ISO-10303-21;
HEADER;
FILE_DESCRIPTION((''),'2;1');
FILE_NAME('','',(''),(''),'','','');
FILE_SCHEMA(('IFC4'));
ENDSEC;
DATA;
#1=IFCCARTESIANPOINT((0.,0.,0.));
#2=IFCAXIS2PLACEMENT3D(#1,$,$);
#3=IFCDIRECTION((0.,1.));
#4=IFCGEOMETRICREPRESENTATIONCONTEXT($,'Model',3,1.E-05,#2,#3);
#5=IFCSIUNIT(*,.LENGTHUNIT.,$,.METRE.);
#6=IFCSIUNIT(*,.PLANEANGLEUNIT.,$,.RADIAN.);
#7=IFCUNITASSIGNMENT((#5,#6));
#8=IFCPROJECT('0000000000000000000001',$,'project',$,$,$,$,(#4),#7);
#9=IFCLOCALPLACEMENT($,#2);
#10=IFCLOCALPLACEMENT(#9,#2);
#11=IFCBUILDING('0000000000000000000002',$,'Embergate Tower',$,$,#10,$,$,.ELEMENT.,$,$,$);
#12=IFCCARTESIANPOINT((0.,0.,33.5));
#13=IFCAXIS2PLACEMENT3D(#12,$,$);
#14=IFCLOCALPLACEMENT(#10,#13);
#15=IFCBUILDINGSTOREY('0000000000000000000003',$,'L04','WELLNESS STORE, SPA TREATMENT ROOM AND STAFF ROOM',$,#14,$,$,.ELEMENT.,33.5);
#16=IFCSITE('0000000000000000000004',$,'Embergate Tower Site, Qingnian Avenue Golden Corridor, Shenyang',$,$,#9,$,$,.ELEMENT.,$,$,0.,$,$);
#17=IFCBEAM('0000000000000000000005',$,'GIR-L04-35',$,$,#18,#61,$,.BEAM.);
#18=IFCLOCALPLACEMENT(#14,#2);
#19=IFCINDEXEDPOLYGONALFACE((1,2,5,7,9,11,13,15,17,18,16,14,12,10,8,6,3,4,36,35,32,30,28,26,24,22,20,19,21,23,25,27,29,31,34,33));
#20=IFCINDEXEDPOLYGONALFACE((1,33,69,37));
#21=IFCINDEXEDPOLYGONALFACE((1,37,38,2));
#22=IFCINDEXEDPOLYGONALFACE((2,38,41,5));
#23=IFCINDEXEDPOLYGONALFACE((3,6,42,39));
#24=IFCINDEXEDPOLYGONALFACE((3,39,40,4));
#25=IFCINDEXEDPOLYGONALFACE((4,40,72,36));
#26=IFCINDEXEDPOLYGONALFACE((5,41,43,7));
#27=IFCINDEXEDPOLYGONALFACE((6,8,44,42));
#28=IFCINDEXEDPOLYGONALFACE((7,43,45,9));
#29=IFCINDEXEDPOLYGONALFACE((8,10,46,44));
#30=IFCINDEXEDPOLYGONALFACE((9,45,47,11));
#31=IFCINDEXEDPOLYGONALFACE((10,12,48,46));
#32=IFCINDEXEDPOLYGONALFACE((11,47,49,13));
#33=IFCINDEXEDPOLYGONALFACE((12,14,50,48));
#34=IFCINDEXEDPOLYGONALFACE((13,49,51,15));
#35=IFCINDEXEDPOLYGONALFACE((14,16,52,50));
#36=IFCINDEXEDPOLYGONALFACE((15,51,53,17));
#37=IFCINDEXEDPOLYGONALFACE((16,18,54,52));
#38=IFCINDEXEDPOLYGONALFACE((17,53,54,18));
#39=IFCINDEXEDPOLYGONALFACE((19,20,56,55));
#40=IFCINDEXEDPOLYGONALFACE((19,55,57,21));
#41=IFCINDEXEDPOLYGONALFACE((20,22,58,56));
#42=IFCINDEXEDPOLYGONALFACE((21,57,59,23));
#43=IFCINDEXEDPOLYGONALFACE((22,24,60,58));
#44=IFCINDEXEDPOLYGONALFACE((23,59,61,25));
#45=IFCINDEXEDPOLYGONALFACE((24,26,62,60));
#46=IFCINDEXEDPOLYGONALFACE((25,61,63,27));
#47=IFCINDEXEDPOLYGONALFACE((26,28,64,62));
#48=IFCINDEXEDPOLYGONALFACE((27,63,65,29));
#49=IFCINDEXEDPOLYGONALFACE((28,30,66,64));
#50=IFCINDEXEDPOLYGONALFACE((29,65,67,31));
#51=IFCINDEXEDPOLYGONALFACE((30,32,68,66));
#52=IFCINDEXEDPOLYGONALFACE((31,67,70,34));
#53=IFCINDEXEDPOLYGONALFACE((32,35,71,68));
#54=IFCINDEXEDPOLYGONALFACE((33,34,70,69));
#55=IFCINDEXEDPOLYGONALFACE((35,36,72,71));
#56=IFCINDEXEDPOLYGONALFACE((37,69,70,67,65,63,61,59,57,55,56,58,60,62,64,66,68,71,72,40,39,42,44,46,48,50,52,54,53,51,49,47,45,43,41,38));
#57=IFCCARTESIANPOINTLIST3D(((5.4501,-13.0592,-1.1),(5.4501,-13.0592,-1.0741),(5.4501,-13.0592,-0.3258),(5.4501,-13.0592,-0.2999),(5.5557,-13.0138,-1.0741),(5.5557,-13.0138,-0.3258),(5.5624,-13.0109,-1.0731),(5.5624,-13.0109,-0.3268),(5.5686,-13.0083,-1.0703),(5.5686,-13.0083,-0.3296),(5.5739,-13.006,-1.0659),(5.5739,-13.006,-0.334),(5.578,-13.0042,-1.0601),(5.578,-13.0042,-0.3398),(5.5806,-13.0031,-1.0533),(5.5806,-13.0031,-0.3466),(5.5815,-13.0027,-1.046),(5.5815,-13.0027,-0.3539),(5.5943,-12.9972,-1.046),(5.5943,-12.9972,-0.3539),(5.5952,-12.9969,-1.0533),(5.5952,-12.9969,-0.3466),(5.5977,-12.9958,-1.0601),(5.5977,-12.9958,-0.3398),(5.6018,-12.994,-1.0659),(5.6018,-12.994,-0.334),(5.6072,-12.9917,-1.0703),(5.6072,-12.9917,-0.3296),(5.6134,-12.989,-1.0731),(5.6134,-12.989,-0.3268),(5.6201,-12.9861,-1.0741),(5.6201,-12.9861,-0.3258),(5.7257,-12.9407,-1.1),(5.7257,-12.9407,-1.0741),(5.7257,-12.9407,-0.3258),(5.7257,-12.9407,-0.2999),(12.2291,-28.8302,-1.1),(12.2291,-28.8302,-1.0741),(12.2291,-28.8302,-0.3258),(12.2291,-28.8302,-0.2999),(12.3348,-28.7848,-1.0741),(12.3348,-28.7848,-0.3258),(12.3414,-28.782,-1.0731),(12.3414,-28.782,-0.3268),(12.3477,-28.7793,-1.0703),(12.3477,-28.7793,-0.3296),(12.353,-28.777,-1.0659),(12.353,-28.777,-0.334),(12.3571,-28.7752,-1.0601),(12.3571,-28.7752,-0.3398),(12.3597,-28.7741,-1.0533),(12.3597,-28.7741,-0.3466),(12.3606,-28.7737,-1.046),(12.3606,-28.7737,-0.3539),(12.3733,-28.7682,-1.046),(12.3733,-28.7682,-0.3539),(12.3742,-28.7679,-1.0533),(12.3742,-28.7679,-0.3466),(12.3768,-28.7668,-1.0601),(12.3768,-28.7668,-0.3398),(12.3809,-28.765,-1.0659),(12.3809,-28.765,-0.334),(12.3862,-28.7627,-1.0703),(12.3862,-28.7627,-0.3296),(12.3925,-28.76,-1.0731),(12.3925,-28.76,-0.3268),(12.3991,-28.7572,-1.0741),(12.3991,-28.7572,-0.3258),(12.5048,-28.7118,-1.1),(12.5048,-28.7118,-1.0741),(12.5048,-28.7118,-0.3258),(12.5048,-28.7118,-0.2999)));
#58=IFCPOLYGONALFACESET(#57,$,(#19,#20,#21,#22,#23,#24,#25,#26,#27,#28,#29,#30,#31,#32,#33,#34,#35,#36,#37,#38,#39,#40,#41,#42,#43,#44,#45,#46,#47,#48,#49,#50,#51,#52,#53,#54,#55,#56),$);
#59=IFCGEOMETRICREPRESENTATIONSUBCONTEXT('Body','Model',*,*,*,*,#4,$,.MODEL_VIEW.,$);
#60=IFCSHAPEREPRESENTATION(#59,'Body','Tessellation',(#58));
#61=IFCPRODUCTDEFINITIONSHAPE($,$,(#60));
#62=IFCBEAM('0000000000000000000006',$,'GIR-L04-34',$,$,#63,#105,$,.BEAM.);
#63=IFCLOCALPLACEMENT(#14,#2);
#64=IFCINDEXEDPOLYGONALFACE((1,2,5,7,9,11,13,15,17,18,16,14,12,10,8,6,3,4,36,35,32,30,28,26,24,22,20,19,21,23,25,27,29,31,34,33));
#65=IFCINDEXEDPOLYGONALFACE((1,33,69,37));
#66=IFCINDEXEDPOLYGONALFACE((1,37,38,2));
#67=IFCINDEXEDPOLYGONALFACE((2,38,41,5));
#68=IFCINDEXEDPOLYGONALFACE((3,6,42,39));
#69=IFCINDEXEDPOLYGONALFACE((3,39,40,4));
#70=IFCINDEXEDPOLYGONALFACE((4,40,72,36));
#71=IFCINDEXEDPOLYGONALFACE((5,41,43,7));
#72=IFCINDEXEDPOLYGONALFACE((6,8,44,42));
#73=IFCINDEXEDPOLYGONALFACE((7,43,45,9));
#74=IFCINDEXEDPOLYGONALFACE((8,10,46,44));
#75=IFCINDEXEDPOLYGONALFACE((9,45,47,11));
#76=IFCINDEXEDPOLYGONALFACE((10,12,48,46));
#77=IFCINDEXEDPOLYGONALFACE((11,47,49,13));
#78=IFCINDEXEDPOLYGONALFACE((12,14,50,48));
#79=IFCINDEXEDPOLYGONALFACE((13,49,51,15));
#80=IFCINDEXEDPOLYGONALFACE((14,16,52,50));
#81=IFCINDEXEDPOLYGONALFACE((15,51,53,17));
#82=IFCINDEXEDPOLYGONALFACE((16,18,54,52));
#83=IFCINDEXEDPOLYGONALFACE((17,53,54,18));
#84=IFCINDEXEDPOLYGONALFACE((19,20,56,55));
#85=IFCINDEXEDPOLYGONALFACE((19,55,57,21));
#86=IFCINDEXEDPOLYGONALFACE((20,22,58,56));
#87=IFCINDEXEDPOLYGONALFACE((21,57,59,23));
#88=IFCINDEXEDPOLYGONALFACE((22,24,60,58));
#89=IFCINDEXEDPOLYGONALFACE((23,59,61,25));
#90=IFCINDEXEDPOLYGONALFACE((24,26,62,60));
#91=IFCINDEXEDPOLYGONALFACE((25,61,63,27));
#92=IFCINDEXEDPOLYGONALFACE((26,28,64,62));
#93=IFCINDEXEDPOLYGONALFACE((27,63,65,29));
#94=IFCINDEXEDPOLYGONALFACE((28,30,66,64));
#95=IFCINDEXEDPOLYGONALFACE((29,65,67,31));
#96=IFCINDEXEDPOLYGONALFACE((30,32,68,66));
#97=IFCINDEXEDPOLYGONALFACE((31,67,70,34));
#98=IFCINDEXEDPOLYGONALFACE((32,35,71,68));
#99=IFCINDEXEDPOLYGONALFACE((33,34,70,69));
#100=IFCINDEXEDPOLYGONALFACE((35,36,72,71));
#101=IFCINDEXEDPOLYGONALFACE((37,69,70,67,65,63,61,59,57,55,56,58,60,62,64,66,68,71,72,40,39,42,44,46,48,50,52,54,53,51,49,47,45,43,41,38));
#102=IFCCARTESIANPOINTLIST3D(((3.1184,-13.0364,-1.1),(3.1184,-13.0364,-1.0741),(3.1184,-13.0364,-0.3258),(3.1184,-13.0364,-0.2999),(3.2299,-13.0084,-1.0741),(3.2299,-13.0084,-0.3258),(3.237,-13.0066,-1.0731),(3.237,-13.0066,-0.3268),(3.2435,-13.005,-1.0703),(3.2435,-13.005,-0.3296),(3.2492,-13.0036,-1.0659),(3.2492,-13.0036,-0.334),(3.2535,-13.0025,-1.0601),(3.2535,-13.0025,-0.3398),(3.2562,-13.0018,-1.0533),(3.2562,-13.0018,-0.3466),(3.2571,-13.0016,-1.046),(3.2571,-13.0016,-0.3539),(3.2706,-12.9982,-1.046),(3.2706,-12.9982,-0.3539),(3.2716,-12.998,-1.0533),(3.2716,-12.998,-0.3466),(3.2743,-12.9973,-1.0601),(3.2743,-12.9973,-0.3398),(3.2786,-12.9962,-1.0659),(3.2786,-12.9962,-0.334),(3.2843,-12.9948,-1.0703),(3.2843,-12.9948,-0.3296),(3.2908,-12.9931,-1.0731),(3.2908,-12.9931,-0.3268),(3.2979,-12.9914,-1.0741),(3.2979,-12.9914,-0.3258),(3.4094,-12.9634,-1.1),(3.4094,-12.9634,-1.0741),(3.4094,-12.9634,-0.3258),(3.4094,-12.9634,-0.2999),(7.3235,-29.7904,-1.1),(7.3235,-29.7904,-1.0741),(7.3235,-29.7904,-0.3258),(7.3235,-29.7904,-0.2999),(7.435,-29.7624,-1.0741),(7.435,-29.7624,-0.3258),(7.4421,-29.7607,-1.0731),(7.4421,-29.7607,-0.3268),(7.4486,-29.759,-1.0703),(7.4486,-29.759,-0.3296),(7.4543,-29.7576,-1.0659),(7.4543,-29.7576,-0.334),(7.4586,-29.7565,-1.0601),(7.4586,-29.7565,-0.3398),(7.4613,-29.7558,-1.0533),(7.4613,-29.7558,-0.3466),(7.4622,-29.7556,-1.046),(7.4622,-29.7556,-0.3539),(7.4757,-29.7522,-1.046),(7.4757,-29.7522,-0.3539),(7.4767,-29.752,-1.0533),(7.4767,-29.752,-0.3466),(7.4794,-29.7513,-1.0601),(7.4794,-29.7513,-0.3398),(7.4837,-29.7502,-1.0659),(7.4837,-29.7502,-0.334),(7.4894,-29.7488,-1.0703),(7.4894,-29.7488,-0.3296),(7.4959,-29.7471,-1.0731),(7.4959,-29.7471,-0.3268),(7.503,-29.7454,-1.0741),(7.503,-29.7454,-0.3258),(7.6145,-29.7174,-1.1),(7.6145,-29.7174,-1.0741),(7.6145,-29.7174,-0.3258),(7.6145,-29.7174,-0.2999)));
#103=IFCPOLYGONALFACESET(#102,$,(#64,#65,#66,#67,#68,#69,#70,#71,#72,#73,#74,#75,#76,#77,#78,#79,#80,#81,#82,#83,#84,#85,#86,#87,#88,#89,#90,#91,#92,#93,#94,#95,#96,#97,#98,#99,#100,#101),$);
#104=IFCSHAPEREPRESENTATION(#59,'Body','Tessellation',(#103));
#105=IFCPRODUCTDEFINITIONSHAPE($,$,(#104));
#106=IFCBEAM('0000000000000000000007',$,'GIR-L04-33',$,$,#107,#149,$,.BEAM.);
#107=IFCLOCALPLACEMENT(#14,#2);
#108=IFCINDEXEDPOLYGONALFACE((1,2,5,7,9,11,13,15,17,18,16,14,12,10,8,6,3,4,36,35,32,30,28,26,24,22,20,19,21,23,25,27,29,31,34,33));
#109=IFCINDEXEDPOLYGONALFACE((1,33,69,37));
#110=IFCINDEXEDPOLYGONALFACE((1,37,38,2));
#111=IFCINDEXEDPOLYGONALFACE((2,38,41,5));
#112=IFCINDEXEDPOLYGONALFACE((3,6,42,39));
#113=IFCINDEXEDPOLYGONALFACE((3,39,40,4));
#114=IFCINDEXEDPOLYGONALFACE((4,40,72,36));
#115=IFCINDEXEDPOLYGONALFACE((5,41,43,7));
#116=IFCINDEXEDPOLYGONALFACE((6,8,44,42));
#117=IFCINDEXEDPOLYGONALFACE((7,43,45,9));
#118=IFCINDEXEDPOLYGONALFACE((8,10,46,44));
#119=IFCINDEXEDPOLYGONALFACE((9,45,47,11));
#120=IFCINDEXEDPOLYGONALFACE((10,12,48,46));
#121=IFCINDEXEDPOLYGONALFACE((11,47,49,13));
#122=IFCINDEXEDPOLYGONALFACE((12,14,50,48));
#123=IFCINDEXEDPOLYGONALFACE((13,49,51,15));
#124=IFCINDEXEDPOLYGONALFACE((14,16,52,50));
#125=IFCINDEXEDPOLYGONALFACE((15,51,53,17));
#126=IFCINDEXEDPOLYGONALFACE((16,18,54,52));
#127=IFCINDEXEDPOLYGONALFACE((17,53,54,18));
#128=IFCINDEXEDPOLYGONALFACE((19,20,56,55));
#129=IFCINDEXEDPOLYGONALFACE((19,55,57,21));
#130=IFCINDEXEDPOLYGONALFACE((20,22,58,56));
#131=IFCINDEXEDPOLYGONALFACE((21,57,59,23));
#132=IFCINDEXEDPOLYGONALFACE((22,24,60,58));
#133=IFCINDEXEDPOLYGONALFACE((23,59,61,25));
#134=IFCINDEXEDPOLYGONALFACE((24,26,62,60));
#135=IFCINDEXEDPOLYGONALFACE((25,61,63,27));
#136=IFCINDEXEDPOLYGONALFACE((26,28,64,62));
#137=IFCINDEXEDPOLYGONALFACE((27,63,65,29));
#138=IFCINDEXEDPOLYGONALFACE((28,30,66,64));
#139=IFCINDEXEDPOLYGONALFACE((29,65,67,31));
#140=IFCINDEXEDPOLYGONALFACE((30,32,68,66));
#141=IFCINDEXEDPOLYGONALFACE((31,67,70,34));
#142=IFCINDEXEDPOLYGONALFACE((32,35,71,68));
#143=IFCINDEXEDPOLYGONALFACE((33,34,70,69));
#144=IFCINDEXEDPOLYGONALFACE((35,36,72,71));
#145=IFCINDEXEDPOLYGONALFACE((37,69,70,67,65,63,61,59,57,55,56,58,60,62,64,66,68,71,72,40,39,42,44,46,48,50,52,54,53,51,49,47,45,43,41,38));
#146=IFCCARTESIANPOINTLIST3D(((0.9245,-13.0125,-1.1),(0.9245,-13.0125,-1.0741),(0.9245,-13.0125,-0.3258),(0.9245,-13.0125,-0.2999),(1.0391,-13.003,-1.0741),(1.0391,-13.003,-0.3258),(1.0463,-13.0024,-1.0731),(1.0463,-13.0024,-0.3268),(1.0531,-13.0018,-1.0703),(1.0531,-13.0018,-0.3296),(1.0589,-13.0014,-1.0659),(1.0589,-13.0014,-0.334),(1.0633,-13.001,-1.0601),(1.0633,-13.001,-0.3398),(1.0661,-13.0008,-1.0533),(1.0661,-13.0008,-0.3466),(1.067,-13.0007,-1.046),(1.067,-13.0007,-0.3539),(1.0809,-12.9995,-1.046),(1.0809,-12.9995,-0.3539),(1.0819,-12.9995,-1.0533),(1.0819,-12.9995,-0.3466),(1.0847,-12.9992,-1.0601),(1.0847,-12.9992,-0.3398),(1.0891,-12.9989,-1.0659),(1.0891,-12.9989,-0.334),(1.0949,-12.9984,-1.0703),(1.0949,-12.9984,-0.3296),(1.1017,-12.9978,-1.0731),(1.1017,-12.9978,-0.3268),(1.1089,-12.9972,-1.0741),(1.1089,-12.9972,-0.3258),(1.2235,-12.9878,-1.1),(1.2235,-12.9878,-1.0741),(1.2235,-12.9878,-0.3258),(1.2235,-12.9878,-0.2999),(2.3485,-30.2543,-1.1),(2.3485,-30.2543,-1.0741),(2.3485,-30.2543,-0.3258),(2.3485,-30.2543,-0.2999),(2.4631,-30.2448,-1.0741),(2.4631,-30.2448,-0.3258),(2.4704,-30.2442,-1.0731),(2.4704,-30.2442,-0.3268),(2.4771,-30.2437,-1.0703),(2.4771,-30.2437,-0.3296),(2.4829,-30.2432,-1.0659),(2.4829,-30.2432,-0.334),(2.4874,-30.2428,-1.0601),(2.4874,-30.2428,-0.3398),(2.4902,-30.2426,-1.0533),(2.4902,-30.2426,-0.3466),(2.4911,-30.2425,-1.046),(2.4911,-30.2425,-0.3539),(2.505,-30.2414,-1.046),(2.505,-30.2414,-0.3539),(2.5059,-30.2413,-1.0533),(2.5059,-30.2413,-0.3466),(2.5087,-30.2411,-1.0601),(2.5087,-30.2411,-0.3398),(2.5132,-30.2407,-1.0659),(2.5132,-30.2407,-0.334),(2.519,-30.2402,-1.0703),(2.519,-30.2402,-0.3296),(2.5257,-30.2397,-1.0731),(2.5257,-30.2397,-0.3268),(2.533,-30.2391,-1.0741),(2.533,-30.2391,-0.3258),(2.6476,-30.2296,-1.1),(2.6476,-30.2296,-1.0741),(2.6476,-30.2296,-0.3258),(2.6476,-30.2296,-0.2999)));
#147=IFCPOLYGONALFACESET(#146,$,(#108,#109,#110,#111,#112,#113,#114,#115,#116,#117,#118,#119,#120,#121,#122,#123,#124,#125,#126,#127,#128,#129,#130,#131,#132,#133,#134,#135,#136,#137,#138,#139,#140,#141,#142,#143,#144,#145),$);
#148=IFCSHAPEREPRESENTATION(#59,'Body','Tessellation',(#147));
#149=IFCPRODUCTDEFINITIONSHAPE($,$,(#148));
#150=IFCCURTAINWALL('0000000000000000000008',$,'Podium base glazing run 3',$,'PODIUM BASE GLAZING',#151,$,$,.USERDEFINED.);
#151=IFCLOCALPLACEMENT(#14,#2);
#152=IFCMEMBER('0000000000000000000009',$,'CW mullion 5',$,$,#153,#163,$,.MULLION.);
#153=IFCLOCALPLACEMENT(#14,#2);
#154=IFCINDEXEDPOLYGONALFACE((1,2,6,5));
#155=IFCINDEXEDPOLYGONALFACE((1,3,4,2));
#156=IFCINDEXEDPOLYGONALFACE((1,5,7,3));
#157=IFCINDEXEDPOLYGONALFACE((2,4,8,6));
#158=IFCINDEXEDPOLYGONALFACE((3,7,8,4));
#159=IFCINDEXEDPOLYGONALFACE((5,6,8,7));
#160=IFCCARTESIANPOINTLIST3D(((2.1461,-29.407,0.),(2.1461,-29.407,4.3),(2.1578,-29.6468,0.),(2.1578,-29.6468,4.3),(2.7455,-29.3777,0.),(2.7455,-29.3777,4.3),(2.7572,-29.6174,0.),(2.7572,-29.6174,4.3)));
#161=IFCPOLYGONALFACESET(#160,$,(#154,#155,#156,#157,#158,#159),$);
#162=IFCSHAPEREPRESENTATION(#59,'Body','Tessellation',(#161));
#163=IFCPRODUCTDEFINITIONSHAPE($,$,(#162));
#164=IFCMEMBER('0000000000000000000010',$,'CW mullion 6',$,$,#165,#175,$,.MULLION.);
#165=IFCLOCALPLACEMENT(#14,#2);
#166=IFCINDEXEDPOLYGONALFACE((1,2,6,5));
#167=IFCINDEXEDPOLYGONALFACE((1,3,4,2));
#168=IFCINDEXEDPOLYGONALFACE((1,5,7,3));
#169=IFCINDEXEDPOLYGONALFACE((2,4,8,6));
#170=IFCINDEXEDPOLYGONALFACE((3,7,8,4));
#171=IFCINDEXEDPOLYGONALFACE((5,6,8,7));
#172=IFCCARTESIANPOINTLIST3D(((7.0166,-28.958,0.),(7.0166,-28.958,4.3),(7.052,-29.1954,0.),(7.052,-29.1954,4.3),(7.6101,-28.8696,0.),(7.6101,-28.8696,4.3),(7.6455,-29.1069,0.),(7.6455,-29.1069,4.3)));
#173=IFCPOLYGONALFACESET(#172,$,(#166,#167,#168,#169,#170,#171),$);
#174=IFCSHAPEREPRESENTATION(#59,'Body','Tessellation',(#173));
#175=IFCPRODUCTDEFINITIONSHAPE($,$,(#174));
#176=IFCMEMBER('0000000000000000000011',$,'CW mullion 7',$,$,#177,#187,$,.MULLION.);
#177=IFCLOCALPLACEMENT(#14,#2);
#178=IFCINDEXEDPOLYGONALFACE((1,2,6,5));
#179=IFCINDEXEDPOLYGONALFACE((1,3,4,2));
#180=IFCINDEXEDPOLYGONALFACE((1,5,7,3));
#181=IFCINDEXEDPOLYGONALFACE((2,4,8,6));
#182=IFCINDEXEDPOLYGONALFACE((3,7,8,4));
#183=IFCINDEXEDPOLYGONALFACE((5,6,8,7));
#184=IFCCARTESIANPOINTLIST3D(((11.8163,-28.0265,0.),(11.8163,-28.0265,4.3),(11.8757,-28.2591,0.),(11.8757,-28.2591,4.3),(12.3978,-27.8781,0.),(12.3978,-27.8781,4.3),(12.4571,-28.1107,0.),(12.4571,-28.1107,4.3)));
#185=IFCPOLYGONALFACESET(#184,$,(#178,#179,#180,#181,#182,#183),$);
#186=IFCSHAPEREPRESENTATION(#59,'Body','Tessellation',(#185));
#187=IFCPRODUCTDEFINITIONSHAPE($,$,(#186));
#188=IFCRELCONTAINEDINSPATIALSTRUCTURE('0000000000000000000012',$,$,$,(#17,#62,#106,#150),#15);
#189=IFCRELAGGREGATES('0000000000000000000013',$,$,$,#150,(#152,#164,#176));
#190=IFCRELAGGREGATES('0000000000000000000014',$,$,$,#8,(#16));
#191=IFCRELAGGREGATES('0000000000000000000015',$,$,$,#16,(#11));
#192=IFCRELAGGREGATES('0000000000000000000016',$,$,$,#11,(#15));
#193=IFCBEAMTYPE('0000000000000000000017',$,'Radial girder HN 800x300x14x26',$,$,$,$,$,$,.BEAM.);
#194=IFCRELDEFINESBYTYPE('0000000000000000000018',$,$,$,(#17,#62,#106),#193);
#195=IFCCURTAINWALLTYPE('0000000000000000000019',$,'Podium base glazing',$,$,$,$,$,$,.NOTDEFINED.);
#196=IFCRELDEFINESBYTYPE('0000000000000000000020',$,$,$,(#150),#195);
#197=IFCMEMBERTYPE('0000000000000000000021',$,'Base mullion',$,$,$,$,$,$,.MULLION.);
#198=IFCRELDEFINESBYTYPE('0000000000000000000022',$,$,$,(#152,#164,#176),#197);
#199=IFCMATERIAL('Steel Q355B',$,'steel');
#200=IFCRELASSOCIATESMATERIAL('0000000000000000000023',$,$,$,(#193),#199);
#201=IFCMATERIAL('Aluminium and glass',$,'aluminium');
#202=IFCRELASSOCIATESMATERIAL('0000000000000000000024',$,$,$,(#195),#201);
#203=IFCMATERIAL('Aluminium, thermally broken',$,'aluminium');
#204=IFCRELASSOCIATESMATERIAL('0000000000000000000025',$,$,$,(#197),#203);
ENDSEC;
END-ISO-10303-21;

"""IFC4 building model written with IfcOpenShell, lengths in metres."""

from ifc_helpers import new_model, si_unit, direction, frame, origin, origin_2d, place, context, subcontext, project, spatial, rectangle, i_section, extrude, source, transform, mapped, material, material_profile, profile_set, type_object, element, aggregate, save


model = new_model("IFC4")

# Units and contexts
model_context = context("Model", 3, precision=1e-05, world=origin(), true_north=direction((0.0, 1.0)))
body_context = subcontext(model_context, "Body", "Model", "MODEL_VIEW")
ifc_project = project(units=[si_unit("LENGTHUNIT", "METRE"), si_unit("PLANEANGLEUNIT", "RADIAN")], contexts=[model_context])

# Site, building, storey
site_placement = place(None, origin())
site = spatial("IfcSite", under=ifc_project, at=site_placement, Name="Embergate Tower Site, Qingnian Avenue Golden Corridor, Shenyang", CompositionType="ELEMENT", RefElevation=0.0)
building_placement = place(site_placement, origin())
building = spatial("IfcBuilding", under=site, at=building_placement, Name="Embergate Tower", CompositionType="ELEMENT")
storey_placement = place(building_placement, frame((0.0, 0.0, 33.5)))
storey = spatial("IfcBuildingStorey", under=building, at=storey_placement, Name="L04", Description="WELLNESS STORE, SPA TREATMENT ROOM AND STAFF ROOM", CompositionType="ELEMENT", Elevation=33.5)

# Beams
ifc_material_1 = material(Name="Steel Q355B", Category="steel")
ifc_material_profile_1 = material_profile(ifc_material_1, i_section(OverallWidth=0.3, OverallDepth=0.8, WebThickness=0.0139, FlangeThickness=0.0259, FilletRadius=0.0281, at=origin_2d()), Name="HN 800x300x14x26")
ifc_profile_set_1 = profile_set([ifc_material_profile_1], Name="Steel Q355 grade B")
beam_type_1 = type_object("IfcBeamType", Name="Radial girder HN 800x300x14x26", PredefinedType="BEAM", material=ifc_profile_set_1)
shared_shape_1 = source(origin(), body_context, "Body", "SweptSolid", [
    extrude(i_section(OverallWidth=0.3, OverallDepth=0.8, WebThickness=0.0139, FlangeThickness=0.0259, FilletRadius=0.0281, at=origin_2d()), origin(), (0.0, 0.0, 1.0), 17.1663),
])
beam_1_placement = place(storey_placement, frame((12.3669, -28.771, -0.7), z_axis=(-0.394906, 0.918722, 0.0), x_axis=(-0.918722, -0.394906, 0.0)))
element("IfcBeam", 1, at=beam_1_placement, inside=storey, type_object=beam_type_1, Name="GIR-L04-35", PredefinedType="BEAM", context=body_context, shape_type="MappedRepresentation", body=[
    mapped(shared_shape_1, transform((0.0, 0.0, 0.0))),
])
shared_shape_2 = source(origin(), body_context, "Body", "SweptSolid", [
    extrude(i_section(OverallWidth=0.3, OverallDepth=0.8, WebThickness=0.0139, FlangeThickness=0.0259, FilletRadius=0.0281, at=origin_2d()), origin(), (0.0, 0.0, 1.0), 17.2737),
])
beam_2_placement = place(storey_placement, frame((7.469, -29.7539, -0.7), z_axis=(-0.24344, 0.969916, 0.0), x_axis=(-0.969916, -0.24344, 0.0)))
element("IfcBeam", 2, at=beam_2_placement, inside=storey, type_object=beam_type_1, Name="GIR-L04-34", PredefinedType="BEAM", context=body_context, shape_type="MappedRepresentation", body=[
    mapped(shared_shape_2, transform((0.0, 0.0, 0.0))),
])
shared_shape_3 = source(origin(), body_context, "Body", "SweptSolid", [
    extrude(i_section(OverallWidth=0.3, OverallDepth=0.8, WebThickness=0.0139, FlangeThickness=0.0259, FilletRadius=0.0281, at=origin_2d()), origin(), (0.0, 0.0, 1.0), 17.3005),
])
beam_3_placement = place(storey_placement, frame((2.498, -30.2419, -0.7), z_axis=(-0.082313, 0.996607, 0.0), x_axis=(-0.996607, -0.082313, 0.0)))
element("IfcBeam", 3, at=beam_3_placement, inside=storey, type_object=beam_type_1, Name="GIR-L04-33", PredefinedType="BEAM", context=body_context, shape_type="MappedRepresentation", body=[
    mapped(shared_shape_3, transform((0.0, 0.0, 0.0))),
])

# Curtain wall, members
ifc_material_2 = material(Name="Aluminium and glass", Category="aluminium")
curtain_wall_type = type_object("IfcCurtainWallType", Name="Podium base glazing", PredefinedType="NOTDEFINED", material=ifc_material_2)
curtain_wall_placement = place(storey_placement, origin())
curtain_wall = element("IfcCurtainWall", 4, at=curtain_wall_placement, inside=storey, type_object=curtain_wall_type, Name="Podium base glazing run 3", ObjectType="PODIUM BASE GLAZING", PredefinedType="USERDEFINED")
ifc_material_3 = material(Name="Aluminium, thermally broken", Category="aluminium")
ifc_material_profile_2 = material_profile(ifc_material_3, rectangle(XDim=0.24, YDim=0.6001, at=origin_2d()), Name="AL 600x240")
ifc_profile_set_2 = profile_set([ifc_material_profile_2], Name="Aluminium, thermally broken")
member_type_1 = type_object("IfcMemberType", Name="Base mullion", PredefinedType="MULLION", material=ifc_profile_set_2)
shared_shape_4 = source(origin(), body_context, "Body", "SweptSolid", [
    extrude(rectangle(XDim=0.24, YDim=0.6001, at=origin_2d()), origin(), (0.0, 0.0, 1.0), 4.3),
])
member_1_placement = place(storey_placement, frame((2.4517, -29.5122, 0.0), z_axis=(0.0, 0.0, 1.0), x_axis=(-0.04897, 0.9988, 0.0)))
member_1 = element("IfcMember", 5, at=member_1_placement, type_object=member_type_1, Name="CW mullion 5", PredefinedType="MULLION", context=body_context, shape_type="MappedRepresentation", body=[
    mapped(shared_shape_4, transform((0.0, 0.0, 0.0))),
])
member_2_placement = place(storey_placement, frame((7.3311, -29.0325, 0.0), z_axis=(0.0, 0.0, 1.0), x_axis=(-0.147411, 0.989075, 0.0)))
member_2 = element("IfcMember", 6, at=member_2_placement, type_object=member_type_1, Name="CW mullion 6", PredefinedType="MULLION", context=body_context, shape_type="MappedRepresentation", body=[
    mapped(shared_shape_4, transform((0.0, 0.0, 0.0))),
])
member_3_placement = place(storey_placement, frame((12.1367, -28.0686, 0.0), z_axis=(0.0, 0.0, 1.0), x_axis=(-0.24731, 0.968936, 0.0)))
member_3 = element("IfcMember", 7, at=member_3_placement, type_object=member_type_1, Name="CW mullion 7", PredefinedType="MULLION", context=body_context, shape_type="MappedRepresentation", body=[
    mapped(shared_shape_4, transform((0.0, 0.0, 0.0))),
])
aggregate(curtain_wall, [member_1, member_2, member_3])

save(model, "model.ifc")
